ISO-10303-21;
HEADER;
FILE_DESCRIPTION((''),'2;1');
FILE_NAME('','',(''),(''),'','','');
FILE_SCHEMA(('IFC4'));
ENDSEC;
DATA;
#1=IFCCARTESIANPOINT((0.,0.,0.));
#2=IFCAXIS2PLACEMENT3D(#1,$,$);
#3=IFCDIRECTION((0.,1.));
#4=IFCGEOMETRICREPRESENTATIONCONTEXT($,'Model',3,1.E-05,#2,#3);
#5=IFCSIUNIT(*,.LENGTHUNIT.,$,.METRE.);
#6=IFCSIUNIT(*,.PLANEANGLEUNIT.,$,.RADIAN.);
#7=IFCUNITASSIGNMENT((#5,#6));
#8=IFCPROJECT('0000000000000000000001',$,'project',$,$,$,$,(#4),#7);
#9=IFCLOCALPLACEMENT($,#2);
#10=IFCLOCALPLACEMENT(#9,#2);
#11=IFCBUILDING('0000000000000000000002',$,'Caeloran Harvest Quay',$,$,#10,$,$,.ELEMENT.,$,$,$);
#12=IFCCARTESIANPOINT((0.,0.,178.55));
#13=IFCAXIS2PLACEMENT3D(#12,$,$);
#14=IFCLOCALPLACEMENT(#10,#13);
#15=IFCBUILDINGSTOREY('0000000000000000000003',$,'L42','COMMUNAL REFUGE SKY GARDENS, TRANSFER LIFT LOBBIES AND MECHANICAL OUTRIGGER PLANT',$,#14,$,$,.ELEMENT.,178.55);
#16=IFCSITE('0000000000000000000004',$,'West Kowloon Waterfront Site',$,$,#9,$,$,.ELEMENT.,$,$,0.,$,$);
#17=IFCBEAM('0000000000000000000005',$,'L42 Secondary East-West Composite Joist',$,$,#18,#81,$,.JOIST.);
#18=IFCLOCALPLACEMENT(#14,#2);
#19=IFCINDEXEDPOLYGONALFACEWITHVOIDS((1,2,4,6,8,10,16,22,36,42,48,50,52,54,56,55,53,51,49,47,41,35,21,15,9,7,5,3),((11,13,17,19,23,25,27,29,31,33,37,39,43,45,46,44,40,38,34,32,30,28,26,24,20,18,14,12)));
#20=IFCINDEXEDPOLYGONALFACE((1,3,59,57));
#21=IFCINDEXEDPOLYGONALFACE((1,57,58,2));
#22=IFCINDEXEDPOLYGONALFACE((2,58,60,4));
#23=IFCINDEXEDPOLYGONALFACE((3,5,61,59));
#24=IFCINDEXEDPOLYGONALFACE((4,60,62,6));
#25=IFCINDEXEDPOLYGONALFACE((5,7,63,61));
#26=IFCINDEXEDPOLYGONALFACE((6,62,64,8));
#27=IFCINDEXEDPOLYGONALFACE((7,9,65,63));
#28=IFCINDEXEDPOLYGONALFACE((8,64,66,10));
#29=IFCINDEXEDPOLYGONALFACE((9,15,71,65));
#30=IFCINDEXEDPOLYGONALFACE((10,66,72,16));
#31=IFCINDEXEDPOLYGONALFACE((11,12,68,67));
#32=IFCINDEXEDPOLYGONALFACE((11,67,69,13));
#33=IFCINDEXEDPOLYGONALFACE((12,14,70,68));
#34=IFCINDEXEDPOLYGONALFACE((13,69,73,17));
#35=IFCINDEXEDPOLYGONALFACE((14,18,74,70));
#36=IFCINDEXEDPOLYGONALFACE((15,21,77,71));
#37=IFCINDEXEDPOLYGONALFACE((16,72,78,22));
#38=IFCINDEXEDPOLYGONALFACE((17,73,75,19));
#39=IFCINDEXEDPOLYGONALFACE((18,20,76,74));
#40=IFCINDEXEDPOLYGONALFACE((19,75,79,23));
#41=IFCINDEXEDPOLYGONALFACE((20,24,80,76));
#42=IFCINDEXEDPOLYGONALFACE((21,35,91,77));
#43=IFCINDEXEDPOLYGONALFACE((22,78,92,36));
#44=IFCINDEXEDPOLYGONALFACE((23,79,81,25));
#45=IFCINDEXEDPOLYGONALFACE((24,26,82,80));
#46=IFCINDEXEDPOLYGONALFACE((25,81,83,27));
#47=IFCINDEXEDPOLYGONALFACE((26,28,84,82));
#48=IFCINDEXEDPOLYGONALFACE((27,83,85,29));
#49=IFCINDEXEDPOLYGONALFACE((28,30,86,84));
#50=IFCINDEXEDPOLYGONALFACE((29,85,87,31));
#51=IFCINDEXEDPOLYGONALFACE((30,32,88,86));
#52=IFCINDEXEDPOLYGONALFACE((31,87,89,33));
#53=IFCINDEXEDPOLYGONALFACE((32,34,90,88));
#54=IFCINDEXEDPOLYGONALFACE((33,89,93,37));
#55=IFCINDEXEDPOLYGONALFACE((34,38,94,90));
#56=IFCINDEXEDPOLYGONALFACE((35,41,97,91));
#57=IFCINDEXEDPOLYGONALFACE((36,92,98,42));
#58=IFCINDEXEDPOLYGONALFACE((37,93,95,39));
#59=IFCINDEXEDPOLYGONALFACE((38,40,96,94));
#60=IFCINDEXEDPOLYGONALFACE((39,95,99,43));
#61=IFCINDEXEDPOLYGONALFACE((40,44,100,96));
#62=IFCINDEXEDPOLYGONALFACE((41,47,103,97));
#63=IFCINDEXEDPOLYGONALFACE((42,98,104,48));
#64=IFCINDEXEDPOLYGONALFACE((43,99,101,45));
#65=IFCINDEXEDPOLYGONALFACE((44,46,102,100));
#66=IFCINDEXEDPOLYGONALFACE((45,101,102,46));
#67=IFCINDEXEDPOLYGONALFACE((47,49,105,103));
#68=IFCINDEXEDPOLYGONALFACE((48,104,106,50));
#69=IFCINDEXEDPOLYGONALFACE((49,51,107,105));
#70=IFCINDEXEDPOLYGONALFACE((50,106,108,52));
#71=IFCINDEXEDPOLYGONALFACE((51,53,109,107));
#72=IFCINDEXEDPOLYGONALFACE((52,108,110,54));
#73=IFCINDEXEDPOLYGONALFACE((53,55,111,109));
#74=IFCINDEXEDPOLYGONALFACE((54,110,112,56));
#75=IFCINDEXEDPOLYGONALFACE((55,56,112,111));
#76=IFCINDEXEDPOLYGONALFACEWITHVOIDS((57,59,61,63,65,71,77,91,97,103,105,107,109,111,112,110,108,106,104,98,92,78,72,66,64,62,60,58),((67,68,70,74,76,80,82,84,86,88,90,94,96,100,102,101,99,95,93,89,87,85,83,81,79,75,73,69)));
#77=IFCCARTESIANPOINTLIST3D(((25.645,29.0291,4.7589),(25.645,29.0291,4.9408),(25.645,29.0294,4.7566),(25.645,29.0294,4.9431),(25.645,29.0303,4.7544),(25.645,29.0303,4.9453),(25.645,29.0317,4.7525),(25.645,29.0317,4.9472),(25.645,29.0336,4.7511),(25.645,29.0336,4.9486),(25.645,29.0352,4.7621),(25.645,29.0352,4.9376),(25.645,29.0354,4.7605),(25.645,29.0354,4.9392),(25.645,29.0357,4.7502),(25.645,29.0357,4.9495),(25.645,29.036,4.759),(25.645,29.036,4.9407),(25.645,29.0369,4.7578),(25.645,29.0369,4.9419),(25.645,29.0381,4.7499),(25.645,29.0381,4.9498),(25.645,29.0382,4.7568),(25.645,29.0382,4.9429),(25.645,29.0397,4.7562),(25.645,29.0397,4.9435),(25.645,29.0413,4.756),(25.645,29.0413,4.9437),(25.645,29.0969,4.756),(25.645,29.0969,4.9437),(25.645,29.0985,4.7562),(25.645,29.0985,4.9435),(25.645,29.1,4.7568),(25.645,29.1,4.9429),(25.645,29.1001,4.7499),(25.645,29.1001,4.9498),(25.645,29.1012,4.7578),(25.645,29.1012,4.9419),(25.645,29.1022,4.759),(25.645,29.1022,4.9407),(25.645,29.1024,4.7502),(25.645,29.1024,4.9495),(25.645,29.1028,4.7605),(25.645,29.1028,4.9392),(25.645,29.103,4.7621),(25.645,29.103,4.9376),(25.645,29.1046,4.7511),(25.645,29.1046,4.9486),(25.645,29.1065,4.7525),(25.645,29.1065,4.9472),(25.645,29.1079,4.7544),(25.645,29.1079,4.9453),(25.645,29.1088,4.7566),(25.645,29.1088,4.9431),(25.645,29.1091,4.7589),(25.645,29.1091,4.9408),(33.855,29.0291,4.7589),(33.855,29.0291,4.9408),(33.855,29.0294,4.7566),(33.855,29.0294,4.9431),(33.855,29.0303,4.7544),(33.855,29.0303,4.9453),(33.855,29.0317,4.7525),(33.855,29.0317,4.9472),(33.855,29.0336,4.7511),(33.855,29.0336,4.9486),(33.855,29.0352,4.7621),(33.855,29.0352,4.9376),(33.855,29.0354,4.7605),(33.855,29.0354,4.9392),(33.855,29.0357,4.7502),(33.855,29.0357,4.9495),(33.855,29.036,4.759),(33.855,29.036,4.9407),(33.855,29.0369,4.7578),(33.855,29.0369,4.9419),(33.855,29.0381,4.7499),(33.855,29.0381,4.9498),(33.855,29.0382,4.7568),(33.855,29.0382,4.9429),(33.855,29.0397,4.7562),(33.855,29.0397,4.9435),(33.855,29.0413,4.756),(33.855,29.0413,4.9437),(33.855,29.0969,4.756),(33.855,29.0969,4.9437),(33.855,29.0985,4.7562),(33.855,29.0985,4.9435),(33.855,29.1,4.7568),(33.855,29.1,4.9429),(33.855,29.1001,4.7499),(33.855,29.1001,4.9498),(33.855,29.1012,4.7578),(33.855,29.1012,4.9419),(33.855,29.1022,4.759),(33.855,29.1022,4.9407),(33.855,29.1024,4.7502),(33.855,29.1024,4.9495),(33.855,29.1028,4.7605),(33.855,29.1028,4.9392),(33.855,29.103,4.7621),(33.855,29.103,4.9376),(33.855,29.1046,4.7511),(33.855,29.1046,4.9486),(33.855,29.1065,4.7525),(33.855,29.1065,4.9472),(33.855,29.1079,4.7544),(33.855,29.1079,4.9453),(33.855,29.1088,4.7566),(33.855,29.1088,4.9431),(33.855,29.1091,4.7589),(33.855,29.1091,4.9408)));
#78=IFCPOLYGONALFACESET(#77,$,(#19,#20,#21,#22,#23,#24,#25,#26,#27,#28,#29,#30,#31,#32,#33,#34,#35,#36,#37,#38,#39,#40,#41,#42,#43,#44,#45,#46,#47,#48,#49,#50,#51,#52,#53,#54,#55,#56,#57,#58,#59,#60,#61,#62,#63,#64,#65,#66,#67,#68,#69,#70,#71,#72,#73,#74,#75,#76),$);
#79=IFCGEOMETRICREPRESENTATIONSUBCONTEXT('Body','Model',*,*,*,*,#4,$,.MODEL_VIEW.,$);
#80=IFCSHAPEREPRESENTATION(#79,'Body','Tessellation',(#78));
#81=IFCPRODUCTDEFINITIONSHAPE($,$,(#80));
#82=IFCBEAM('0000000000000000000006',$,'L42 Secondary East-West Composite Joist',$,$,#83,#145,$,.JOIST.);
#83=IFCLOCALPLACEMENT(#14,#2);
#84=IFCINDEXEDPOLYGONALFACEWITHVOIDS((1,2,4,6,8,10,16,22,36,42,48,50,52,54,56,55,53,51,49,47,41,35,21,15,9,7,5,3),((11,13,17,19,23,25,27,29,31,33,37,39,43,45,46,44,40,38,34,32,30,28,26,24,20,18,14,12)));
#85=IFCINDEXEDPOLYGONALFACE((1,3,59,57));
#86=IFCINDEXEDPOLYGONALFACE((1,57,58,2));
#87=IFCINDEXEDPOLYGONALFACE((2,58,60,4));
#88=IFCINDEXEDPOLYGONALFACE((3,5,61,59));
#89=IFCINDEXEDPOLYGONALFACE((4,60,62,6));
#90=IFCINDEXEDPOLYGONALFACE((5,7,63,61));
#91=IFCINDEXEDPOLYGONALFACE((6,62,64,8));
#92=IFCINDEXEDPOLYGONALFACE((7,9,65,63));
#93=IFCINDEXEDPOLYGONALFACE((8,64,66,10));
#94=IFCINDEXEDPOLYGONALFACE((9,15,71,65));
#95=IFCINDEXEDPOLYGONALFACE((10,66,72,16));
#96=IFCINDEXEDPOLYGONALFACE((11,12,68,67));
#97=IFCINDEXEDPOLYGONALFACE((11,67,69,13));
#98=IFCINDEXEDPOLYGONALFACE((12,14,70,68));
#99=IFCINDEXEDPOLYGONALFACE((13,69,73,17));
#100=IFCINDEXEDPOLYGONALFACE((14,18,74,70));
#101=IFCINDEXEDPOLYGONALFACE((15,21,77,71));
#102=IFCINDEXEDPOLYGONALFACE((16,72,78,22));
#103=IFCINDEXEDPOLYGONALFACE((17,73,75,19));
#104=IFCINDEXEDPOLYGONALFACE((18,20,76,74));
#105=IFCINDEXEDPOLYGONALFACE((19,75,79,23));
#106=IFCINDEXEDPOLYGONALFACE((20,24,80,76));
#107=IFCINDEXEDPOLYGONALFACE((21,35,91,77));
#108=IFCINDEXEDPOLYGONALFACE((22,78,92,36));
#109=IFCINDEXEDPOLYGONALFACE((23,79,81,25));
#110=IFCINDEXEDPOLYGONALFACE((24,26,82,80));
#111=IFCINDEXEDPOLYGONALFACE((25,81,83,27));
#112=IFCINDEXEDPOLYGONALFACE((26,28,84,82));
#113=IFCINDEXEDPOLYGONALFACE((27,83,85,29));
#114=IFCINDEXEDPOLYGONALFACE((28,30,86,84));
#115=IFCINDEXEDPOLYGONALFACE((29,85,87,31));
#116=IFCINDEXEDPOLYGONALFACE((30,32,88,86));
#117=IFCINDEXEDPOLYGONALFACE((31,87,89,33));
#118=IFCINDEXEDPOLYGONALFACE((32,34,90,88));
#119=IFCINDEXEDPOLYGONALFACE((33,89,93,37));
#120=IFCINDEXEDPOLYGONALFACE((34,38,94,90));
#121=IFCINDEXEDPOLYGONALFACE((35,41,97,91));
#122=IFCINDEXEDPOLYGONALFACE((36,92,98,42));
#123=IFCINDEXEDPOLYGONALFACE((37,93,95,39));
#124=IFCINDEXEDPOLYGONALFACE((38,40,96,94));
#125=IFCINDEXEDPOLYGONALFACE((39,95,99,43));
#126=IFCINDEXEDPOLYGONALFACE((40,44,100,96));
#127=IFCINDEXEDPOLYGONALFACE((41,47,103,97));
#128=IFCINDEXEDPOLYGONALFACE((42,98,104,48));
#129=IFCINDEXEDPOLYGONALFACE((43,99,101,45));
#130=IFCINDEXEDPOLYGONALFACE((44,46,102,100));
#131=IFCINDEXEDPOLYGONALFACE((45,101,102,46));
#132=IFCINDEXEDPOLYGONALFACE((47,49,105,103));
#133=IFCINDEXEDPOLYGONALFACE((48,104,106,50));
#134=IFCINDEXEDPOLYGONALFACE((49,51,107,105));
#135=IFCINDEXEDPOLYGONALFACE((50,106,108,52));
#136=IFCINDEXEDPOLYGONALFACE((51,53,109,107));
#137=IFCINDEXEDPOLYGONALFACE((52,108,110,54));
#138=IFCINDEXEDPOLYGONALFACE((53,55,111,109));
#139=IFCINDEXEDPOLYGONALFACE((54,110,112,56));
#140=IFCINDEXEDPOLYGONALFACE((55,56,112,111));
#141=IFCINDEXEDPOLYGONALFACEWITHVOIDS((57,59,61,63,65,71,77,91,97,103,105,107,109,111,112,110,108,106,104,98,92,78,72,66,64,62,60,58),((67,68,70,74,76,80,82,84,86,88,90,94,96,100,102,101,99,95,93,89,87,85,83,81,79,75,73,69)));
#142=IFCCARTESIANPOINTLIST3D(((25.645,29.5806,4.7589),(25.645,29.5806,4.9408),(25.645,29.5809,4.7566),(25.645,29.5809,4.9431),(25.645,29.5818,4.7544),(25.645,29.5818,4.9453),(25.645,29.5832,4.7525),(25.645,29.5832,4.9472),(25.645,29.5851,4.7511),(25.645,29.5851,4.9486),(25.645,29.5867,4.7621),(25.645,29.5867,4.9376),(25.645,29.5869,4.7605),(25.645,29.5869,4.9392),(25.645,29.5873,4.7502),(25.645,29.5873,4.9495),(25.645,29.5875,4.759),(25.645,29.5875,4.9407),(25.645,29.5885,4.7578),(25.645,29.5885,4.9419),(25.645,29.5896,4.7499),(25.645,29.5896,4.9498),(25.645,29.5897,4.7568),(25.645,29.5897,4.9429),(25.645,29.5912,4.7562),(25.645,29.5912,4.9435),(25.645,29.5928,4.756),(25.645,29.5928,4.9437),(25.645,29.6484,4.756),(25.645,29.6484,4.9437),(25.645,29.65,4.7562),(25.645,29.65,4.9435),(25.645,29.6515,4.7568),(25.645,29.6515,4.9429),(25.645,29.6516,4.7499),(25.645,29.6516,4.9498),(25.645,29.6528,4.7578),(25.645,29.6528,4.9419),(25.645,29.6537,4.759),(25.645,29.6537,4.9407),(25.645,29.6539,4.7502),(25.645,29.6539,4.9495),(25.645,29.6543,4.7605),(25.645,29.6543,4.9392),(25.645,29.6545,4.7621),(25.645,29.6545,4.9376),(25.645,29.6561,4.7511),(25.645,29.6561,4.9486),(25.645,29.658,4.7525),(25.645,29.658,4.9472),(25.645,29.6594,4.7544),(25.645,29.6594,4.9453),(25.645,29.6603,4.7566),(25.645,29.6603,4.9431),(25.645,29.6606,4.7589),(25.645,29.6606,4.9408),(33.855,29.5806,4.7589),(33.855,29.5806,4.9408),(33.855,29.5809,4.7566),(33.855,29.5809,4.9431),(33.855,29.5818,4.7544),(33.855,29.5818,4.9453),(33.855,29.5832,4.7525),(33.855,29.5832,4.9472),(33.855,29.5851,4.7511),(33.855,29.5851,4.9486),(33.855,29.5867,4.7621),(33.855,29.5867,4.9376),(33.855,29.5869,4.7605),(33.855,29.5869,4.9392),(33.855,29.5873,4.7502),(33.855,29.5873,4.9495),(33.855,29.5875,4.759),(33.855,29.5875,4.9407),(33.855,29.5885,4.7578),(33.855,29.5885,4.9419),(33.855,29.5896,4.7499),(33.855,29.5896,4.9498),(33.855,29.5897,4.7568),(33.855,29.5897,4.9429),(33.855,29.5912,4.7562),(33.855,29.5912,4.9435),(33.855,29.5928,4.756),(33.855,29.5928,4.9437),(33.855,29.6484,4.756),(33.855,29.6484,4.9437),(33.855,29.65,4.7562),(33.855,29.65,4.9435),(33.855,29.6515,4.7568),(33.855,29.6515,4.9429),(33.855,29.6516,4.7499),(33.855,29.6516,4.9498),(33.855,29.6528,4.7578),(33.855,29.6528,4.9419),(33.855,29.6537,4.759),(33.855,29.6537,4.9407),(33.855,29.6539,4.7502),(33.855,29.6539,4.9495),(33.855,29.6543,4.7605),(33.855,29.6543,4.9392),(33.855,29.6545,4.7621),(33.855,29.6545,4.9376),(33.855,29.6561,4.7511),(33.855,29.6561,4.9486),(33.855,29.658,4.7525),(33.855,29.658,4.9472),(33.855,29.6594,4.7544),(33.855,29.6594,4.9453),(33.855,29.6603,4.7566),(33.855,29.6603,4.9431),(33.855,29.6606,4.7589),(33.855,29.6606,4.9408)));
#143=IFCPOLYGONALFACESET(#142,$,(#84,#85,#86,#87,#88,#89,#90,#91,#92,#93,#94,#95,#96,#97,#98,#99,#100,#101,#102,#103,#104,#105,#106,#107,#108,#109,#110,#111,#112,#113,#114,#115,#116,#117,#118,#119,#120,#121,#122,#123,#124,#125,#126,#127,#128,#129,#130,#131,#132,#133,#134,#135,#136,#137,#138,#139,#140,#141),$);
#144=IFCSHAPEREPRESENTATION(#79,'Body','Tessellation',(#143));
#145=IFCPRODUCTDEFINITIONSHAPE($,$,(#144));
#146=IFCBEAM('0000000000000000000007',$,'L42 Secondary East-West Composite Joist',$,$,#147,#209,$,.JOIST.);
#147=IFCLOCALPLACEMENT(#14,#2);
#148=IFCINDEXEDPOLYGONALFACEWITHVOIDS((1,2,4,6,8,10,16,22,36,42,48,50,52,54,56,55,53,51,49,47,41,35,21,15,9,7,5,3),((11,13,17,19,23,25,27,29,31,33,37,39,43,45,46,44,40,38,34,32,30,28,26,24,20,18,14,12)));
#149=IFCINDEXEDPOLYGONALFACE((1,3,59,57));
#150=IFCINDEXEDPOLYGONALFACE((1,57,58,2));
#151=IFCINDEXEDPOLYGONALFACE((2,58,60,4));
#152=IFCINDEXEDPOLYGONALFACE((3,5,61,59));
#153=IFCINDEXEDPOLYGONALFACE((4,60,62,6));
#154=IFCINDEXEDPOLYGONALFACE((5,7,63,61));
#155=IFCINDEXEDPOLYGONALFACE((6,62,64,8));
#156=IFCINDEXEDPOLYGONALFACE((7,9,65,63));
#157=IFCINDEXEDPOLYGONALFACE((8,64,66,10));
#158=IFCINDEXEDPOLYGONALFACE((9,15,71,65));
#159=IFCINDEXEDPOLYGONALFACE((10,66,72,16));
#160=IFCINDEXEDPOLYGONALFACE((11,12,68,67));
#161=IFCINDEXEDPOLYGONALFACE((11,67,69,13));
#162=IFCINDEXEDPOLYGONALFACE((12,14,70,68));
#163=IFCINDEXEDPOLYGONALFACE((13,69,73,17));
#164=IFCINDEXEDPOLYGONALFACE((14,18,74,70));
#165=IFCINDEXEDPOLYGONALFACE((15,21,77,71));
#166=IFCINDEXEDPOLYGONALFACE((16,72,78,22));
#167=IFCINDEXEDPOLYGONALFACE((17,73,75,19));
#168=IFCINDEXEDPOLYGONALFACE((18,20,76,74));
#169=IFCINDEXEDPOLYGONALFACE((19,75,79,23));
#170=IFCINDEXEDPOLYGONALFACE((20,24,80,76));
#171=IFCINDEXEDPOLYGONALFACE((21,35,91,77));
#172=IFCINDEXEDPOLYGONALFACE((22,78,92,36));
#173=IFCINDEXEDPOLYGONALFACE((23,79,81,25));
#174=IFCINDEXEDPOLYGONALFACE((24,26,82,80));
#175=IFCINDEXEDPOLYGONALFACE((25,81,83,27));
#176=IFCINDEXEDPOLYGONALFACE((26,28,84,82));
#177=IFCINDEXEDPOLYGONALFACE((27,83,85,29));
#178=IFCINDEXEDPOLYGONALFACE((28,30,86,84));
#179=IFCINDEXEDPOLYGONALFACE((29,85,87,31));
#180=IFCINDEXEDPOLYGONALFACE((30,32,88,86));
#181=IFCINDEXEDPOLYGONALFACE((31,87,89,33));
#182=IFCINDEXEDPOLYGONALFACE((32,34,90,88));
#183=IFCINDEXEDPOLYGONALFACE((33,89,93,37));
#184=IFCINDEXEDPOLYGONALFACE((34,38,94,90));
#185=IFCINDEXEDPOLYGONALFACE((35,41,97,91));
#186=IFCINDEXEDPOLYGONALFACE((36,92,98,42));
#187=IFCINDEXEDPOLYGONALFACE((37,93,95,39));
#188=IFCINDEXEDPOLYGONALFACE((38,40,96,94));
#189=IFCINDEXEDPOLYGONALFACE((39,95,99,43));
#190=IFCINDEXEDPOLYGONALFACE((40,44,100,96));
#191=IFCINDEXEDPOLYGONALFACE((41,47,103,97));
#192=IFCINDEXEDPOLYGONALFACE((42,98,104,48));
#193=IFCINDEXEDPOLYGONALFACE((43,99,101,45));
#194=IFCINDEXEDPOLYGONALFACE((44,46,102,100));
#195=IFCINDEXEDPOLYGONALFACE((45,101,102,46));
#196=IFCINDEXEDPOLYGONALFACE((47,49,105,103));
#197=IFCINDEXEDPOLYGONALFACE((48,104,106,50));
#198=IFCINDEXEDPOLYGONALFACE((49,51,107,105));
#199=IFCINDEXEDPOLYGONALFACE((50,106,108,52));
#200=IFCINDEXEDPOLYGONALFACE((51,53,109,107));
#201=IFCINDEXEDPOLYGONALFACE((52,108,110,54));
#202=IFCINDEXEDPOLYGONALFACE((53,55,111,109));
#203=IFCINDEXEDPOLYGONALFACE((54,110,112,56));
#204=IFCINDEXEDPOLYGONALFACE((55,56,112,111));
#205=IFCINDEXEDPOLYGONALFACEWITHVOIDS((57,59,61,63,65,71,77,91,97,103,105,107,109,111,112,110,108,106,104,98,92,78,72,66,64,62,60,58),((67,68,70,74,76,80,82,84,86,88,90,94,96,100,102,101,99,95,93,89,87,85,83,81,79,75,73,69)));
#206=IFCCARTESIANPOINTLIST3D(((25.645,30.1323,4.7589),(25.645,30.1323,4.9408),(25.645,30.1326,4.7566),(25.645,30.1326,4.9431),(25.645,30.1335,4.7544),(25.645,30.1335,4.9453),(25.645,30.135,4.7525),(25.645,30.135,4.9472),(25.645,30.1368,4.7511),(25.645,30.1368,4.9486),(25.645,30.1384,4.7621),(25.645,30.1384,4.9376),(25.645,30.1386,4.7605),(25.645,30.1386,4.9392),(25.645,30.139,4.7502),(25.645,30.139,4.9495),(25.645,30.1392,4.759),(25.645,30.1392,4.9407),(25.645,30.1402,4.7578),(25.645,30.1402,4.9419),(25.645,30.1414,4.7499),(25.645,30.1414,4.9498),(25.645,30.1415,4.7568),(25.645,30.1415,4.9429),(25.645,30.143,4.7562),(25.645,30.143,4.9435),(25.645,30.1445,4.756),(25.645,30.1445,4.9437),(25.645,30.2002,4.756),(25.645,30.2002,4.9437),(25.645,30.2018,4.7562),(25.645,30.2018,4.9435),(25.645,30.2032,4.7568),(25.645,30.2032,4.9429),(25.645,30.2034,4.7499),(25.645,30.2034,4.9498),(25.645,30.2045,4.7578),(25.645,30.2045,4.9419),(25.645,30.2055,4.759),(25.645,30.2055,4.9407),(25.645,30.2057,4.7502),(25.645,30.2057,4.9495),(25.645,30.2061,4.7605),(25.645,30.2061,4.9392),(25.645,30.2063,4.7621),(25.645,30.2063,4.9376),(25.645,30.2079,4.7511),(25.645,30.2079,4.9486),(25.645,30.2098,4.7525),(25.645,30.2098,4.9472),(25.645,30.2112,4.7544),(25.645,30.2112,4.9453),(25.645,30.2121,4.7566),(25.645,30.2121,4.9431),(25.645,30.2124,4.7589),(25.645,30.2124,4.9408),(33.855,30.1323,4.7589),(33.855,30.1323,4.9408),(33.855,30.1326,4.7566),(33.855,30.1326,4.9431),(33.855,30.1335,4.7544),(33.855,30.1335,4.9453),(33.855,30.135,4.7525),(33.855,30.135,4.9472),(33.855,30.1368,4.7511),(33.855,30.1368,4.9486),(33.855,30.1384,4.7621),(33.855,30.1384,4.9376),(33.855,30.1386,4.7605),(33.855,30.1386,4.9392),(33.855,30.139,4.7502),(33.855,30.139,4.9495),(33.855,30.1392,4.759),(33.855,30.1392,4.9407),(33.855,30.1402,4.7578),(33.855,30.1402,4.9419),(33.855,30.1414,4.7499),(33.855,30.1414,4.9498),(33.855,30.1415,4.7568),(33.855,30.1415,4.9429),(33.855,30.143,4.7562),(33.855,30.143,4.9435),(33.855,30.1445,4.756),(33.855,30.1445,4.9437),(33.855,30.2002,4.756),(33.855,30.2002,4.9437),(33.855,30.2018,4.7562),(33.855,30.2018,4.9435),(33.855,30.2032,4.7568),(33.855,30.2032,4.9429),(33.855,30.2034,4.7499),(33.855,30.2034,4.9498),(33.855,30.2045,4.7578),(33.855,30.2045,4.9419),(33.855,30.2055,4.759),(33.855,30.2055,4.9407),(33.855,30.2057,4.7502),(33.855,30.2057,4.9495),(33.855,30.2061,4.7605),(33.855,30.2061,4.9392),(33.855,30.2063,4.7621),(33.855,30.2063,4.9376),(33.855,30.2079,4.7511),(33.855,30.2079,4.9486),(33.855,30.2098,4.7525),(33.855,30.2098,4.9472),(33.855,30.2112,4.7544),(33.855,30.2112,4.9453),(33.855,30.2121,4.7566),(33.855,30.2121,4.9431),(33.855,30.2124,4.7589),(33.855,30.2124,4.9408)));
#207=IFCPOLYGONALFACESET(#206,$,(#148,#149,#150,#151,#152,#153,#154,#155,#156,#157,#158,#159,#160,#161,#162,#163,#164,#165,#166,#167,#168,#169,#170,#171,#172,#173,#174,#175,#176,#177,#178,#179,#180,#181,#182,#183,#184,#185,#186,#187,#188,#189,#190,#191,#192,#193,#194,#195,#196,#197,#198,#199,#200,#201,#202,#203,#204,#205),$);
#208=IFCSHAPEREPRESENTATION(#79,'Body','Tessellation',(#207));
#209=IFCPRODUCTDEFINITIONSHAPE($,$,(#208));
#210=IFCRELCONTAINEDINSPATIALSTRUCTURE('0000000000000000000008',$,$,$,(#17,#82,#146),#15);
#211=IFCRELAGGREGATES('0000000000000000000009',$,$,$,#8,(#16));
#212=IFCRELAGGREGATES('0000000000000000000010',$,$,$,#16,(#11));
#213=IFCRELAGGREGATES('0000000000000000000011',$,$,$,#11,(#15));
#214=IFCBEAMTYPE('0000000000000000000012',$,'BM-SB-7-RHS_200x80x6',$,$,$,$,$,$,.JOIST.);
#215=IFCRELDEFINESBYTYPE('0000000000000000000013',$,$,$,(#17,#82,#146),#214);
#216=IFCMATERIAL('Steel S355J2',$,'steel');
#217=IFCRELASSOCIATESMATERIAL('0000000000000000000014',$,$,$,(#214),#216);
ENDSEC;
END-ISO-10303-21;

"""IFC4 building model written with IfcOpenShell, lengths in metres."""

from ifc_helpers import new_model, si_unit, direction, frame, origin, origin_2d, place, context, subcontext, project, spatial, hollow_rectangle, extrude, material, material_profile, profile_set, type_object, element, save


model = new_model("IFC4")

# Units and contexts
model_context = context("Model", 3, precision=1e-05, world=origin(), true_north=direction((0.0, 1.0)))
body_context = subcontext(model_context, "Body", "Model", "MODEL_VIEW")
ifc_project = project(units=[si_unit("LENGTHUNIT", "METRE"), si_unit("PLANEANGLEUNIT", "RADIAN")], contexts=[model_context])

# Site, building, storey
site_placement = place(None, origin())
site = spatial("IfcSite", under=ifc_project, at=site_placement, Name="West Kowloon Waterfront Site", CompositionType="ELEMENT", RefElevation=0.0)
building_placement = place(site_placement, origin())
building = spatial("IfcBuilding", under=site, at=building_placement, Name="Caeloran Harvest Quay", CompositionType="ELEMENT")
storey_placement = place(building_placement, frame((0.0, 0.0, 178.55)))
storey = spatial("IfcBuildingStorey", under=building, at=storey_placement, Name="L42", Description="COMMUNAL REFUGE SKY GARDENS, TRANSFER LIFT LOBBIES AND MECHANICAL OUTRIGGER PLANT", CompositionType="ELEMENT", Elevation=178.55)

# Beams
ifc_material_1 = material(Name="Steel S355J2", Category="steel")
ifc_material_profile_1 = material_profile(ifc_material_1, hollow_rectangle(XDim=0.0801, YDim=0.2, WallThickness=0.0061, InnerFilletRadius=0.0061, OuterFilletRadius=0.009, at=origin_2d()), Name="RHS 200x80x6")
ifc_profile_set_1 = profile_set([ifc_material_profile_1], Name="Steel S355J2")
beam_type_1 = type_object("IfcBeamType", Name="BM-SB-7-RHS_200x80x6", PredefinedType="JOIST", material=ifc_profile_set_1)
for number, where, z_axis, x_axis, name in (
    (1, (25.645, 29.0691, 4.8499), (1.0, 0.0, 0.0), (0.0, 1.0, 0.0), "L42 Secondary East-West Composite Joist"),
    (2, (25.645, 29.6206, 4.8499), (1.0, 0.0, 0.0), (0.0, 1.0, 0.0), "L42 Secondary East-West Composite Joist"),
    (3, (25.645, 30.1724, 4.8499), (1.0, 0.0, 0.0), (0.0, 1.0, 0.0), "L42 Secondary East-West Composite Joist"),
):
    element("IfcBeam", number, at=place(storey_placement, frame(where, z_axis=z_axis, x_axis=x_axis)), inside=storey, type_object=beam_type_1, Name=name, PredefinedType="JOIST", context=body_context, shape_type="SweptSolid", body=[
        extrude(hollow_rectangle(XDim=0.0801, YDim=0.2, WallThickness=0.0061, InnerFilletRadius=0.0061, OuterFilletRadius=0.009, at=origin_2d()), origin(), (0.0, 0.0, 1.0), 8.21),
    ])

save(model, "model.ifc")
